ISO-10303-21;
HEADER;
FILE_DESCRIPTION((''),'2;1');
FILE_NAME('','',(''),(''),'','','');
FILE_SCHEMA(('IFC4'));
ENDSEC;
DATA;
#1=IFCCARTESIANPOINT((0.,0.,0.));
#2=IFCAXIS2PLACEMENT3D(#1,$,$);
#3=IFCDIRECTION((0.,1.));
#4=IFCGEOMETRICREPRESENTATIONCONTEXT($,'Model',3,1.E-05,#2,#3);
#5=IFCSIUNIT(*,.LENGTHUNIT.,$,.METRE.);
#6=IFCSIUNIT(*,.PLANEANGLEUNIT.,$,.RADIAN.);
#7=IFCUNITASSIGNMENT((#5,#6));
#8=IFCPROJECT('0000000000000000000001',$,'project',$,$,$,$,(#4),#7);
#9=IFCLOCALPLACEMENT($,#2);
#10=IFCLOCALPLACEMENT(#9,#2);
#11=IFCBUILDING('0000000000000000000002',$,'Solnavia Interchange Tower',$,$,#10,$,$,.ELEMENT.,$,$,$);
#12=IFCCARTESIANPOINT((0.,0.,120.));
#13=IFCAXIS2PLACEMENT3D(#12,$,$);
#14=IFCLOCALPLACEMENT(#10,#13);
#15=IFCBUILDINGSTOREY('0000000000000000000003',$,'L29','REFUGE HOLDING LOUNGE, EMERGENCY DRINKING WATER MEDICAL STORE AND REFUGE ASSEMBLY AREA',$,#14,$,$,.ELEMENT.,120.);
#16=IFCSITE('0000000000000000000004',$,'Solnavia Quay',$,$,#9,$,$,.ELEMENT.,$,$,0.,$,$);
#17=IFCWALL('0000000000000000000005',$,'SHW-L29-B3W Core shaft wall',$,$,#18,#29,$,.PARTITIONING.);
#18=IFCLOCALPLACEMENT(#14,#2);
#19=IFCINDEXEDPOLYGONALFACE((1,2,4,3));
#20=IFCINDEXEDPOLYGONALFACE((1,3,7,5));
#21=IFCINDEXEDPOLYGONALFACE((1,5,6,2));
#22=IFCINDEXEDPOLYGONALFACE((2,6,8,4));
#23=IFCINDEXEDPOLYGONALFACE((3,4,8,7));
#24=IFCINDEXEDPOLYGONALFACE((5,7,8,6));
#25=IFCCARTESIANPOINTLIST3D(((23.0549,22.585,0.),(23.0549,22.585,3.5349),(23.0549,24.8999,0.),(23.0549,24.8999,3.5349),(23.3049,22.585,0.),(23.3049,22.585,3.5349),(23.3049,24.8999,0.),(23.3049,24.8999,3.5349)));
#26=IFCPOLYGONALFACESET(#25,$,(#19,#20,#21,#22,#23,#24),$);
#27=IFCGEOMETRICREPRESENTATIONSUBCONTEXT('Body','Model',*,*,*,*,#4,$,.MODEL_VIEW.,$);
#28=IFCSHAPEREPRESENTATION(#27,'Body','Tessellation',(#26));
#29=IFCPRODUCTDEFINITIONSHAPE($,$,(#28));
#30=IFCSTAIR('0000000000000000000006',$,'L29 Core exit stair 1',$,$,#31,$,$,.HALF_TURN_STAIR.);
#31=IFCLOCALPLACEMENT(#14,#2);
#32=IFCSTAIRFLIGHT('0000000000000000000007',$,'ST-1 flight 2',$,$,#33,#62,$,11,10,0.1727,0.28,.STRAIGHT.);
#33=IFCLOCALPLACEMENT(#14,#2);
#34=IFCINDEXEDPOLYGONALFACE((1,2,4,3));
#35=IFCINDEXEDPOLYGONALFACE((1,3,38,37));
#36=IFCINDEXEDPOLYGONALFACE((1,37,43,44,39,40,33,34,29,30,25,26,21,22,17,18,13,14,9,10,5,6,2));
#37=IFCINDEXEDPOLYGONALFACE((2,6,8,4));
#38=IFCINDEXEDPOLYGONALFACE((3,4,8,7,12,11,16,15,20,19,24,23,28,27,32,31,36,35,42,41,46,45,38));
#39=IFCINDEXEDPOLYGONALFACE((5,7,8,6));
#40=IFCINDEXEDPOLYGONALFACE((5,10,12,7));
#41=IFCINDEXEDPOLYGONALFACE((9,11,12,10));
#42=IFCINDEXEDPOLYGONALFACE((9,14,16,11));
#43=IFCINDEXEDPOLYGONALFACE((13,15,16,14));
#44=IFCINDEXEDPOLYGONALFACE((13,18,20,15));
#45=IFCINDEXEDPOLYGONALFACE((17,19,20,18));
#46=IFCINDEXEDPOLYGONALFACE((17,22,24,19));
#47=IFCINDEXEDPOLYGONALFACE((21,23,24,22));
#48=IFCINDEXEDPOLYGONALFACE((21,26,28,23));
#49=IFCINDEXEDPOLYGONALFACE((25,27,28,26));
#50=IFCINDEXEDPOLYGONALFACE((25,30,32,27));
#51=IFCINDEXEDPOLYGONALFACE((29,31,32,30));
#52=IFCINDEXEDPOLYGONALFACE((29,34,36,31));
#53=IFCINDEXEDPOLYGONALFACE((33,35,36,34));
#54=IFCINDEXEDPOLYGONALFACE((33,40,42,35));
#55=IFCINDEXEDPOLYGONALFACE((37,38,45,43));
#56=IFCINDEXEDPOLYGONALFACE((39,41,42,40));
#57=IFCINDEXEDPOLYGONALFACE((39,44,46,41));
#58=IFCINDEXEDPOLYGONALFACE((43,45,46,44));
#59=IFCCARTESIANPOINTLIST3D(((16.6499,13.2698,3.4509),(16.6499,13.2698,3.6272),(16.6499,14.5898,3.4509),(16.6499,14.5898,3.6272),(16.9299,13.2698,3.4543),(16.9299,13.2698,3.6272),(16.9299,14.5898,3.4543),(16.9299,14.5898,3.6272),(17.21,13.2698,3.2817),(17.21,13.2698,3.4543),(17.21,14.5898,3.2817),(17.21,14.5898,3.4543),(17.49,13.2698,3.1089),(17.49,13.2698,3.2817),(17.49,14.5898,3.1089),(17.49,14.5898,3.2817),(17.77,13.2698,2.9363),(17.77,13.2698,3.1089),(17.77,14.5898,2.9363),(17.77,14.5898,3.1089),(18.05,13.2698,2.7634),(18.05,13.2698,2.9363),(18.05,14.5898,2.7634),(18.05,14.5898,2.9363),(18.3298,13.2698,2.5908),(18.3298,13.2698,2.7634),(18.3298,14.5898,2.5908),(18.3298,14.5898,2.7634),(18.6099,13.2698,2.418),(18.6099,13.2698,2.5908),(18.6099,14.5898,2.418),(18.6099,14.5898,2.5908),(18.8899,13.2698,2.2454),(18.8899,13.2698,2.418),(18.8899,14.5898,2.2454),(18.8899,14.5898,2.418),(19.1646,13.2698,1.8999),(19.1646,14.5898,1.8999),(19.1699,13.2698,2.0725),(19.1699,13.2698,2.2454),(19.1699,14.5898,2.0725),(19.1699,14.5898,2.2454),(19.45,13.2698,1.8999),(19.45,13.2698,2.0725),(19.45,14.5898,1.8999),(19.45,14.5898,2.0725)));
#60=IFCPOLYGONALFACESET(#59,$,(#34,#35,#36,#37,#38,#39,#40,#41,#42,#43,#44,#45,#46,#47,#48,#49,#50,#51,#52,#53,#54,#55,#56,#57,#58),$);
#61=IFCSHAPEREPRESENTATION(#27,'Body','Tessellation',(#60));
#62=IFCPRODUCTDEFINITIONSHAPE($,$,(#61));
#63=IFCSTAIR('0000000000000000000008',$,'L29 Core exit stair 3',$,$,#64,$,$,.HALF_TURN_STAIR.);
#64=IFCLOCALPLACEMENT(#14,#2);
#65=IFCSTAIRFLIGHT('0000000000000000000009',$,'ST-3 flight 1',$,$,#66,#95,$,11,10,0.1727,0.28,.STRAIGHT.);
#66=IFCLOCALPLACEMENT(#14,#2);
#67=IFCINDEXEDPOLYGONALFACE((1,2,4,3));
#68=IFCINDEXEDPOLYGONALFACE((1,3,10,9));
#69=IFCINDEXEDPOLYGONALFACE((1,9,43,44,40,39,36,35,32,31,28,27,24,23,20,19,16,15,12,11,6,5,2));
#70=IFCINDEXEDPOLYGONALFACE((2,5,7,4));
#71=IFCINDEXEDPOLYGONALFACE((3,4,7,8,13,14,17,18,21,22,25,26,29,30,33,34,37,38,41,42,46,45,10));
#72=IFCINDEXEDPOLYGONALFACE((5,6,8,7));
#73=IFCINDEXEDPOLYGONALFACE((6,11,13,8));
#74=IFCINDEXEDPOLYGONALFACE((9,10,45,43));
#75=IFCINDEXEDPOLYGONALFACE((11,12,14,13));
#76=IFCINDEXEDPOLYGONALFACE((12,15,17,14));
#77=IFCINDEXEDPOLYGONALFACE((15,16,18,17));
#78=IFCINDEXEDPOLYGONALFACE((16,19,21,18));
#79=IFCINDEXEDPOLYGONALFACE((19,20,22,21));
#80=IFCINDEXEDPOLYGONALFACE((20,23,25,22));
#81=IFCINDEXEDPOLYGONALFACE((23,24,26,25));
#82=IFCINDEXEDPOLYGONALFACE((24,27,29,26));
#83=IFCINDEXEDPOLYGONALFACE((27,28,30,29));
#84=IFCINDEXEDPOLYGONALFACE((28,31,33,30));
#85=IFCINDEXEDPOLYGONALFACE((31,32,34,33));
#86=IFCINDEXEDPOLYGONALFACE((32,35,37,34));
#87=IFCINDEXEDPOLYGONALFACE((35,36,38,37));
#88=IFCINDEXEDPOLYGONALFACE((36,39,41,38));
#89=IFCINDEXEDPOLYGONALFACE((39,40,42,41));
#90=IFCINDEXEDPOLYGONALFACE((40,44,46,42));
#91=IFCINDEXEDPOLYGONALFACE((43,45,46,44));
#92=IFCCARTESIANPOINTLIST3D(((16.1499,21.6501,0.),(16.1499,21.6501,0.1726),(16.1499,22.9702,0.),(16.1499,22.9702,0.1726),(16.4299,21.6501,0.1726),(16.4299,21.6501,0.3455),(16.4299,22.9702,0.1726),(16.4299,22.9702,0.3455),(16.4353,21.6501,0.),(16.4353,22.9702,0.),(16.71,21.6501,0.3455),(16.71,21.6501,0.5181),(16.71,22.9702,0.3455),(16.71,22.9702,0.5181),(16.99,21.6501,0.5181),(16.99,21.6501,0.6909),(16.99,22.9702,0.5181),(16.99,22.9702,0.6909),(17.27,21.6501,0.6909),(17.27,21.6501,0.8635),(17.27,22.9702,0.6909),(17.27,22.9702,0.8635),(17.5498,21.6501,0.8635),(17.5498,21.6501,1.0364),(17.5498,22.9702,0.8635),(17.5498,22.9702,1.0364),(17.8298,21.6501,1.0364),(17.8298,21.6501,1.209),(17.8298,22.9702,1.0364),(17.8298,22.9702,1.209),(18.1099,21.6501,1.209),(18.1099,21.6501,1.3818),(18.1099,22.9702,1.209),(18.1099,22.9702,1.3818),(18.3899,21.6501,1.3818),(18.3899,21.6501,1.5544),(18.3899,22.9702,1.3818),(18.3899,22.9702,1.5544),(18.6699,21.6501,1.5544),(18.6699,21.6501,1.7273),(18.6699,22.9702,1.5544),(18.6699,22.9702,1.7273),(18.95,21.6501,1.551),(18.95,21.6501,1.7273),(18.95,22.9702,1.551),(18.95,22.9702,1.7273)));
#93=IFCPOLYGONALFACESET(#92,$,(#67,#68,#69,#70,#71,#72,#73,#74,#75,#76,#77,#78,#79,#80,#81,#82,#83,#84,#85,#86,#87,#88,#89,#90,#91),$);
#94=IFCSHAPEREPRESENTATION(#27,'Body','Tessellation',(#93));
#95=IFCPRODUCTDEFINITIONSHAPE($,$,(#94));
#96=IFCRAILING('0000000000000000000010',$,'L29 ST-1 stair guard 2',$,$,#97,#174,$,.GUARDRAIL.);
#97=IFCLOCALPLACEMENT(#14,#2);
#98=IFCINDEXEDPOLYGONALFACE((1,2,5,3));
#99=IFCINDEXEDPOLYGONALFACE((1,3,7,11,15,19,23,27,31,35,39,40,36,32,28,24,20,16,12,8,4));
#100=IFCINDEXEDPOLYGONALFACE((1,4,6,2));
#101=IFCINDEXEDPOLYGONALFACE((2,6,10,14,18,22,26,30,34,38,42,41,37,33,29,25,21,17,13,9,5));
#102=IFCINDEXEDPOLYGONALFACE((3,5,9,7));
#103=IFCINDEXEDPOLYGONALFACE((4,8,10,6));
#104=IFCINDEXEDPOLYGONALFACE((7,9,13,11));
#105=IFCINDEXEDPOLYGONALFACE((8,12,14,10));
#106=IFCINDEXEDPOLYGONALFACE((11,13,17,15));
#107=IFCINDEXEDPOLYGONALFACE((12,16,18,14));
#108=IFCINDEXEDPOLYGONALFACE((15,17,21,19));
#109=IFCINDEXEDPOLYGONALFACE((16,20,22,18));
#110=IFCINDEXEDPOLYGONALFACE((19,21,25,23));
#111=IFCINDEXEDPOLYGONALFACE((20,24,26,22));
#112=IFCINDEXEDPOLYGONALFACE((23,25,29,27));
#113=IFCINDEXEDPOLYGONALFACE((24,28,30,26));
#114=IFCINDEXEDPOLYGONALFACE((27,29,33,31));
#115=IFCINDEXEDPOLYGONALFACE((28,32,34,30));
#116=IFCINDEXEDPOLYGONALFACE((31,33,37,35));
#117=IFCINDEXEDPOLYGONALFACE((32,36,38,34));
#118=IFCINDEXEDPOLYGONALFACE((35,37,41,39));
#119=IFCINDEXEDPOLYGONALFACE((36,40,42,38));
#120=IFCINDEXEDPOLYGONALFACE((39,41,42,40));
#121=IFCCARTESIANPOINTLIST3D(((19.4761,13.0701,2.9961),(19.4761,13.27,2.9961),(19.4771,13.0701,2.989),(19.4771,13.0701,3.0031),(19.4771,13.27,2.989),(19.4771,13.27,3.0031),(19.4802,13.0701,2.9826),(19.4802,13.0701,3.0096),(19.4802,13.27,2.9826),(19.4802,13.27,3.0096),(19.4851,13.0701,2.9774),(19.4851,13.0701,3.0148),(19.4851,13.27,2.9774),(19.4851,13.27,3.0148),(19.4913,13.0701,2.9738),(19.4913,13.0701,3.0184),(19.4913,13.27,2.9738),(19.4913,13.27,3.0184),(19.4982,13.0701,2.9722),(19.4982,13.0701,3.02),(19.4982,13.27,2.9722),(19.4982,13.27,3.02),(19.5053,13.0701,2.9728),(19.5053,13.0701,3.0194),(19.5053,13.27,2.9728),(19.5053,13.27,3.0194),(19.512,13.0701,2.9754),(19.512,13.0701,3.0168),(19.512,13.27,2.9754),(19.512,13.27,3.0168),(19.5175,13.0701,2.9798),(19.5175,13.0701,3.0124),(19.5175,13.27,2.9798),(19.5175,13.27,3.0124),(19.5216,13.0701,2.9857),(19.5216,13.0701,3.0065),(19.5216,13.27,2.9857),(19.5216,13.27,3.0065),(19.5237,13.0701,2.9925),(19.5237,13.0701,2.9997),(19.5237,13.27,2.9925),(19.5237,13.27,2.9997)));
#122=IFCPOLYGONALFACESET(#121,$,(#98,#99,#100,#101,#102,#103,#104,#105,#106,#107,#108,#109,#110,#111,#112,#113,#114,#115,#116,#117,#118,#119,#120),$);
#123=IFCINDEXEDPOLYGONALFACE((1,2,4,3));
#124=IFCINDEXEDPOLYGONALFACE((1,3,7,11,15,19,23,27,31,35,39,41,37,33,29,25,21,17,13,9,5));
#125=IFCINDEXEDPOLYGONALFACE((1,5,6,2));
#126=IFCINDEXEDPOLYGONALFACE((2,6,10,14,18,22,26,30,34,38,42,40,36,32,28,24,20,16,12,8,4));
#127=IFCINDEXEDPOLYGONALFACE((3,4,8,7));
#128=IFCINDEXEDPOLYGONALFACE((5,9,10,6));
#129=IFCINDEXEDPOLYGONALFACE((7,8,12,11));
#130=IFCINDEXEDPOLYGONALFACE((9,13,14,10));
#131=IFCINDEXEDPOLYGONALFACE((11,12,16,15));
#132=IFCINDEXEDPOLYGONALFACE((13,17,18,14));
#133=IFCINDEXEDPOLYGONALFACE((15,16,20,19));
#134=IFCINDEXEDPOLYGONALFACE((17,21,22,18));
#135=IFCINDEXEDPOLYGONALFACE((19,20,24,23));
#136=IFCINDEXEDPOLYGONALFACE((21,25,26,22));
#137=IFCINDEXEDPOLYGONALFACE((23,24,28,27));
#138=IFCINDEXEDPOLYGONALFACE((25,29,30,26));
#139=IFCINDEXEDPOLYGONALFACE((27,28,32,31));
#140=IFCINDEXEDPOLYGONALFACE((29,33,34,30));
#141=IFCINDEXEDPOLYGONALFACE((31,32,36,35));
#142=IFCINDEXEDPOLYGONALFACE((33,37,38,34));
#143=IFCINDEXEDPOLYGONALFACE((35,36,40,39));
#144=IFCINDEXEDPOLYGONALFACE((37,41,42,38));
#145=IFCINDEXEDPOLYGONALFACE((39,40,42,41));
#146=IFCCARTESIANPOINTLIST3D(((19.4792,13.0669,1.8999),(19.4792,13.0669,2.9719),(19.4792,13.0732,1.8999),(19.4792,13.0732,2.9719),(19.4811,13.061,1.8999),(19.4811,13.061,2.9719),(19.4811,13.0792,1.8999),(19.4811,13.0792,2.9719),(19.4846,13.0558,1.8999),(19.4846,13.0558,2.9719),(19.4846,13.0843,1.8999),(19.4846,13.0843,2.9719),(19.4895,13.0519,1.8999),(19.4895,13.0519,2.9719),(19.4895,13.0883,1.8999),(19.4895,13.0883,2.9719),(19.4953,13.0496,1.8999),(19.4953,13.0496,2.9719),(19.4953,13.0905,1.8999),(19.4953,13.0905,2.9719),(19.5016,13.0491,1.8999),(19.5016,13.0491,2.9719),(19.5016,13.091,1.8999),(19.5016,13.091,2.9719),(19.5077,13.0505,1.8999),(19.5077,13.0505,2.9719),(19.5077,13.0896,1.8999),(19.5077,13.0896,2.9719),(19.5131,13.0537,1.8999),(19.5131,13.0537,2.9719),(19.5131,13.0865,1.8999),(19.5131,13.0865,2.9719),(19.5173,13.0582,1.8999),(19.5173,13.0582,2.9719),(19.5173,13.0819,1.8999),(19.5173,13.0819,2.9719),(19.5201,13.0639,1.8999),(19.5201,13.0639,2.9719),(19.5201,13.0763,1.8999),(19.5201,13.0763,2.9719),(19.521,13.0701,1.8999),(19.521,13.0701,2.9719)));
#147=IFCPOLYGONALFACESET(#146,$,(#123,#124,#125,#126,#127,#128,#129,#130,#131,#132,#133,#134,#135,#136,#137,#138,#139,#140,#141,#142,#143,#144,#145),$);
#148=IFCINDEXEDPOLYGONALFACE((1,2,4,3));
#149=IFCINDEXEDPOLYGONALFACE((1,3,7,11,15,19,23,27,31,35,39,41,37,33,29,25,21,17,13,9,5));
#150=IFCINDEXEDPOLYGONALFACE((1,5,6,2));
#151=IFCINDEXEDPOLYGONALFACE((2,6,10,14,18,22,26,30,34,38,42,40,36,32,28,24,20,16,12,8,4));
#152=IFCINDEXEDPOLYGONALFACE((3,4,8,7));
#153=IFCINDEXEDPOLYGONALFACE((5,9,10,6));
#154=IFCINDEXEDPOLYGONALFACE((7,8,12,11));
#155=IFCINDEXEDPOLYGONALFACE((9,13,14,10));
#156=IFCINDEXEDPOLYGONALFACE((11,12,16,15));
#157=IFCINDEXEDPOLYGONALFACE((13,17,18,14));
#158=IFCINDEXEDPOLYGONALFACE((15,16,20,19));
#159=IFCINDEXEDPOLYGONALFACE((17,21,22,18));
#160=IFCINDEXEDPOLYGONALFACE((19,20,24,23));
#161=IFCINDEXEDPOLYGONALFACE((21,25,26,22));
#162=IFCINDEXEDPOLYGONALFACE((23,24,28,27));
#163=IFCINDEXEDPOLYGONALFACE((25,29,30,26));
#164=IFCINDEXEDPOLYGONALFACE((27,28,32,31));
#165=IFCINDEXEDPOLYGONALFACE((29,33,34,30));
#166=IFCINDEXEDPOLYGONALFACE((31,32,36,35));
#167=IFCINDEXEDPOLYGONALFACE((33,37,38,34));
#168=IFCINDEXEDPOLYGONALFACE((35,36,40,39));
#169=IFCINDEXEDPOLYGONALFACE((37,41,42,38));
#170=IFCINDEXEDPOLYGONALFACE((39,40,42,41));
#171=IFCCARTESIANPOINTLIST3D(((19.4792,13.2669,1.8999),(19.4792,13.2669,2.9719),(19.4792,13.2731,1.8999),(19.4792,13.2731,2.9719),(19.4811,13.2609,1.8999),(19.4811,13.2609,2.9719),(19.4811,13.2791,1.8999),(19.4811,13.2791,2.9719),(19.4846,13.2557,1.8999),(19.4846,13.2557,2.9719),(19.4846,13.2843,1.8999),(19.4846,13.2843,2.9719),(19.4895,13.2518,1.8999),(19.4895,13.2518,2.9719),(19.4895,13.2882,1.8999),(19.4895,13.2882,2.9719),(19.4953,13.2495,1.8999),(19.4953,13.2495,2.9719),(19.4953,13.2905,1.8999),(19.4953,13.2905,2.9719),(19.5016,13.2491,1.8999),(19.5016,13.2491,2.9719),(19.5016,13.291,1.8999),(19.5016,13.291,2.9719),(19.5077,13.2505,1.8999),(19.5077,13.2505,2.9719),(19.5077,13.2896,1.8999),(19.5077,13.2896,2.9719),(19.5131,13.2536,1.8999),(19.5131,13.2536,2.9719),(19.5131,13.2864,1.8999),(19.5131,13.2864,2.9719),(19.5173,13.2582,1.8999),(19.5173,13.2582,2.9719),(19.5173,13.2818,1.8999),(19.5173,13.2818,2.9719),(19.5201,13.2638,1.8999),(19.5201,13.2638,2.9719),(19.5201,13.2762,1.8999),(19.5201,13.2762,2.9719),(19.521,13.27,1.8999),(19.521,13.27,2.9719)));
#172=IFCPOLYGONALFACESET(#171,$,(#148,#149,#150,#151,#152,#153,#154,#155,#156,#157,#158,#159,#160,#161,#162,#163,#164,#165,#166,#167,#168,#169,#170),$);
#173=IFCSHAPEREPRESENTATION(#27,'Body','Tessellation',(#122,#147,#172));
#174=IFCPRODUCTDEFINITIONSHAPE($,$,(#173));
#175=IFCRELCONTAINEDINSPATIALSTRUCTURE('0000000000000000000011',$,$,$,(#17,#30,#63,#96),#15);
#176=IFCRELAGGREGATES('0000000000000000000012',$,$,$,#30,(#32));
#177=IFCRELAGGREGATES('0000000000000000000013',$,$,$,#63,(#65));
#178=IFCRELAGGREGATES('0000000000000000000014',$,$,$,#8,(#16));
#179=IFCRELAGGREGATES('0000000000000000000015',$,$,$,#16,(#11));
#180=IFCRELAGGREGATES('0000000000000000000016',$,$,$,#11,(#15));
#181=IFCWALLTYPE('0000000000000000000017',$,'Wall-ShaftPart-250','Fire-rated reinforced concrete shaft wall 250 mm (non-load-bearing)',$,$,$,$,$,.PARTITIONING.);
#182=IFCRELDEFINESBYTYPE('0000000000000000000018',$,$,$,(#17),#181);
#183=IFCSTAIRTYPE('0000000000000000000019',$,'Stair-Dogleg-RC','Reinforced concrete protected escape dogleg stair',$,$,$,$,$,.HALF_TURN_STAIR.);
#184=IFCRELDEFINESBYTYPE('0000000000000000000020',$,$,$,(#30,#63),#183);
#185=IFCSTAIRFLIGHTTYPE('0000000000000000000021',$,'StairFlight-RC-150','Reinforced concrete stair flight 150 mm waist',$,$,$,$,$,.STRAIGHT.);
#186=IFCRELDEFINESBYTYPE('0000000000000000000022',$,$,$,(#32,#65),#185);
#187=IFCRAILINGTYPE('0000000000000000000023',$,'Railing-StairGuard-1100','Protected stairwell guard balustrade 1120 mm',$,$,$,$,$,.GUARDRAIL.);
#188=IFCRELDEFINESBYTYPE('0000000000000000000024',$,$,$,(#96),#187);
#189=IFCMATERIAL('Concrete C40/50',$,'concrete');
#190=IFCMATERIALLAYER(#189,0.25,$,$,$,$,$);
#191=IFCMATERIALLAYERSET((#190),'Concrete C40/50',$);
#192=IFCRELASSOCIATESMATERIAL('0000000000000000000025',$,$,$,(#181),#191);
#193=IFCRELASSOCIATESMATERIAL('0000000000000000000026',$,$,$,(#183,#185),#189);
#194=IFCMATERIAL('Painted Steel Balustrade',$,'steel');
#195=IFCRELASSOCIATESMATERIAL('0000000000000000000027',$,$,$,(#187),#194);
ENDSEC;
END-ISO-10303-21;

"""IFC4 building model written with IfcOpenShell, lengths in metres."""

from ifc_helpers import new_model, si_unit, direction, frame, frame_2d, origin, origin_2d, place, context, subcontext, project, spatial, polyline, rectangle, circle, outline, extrude, material, layer, layer_set, type_object, element, aggregate, save


model = new_model("IFC4")

# Units and contexts
model_context = context("Model", 3, precision=1e-05, world=origin(), true_north=direction((0.0, 1.0)))
body_context = subcontext(model_context, "Body", "Model", "MODEL_VIEW")
ifc_project = project(units=[si_unit("LENGTHUNIT", "METRE"), si_unit("PLANEANGLEUNIT", "RADIAN")], contexts=[model_context])

# Site, building, storey
site_placement = place(None, origin())
site = spatial("IfcSite", under=ifc_project, at=site_placement, Name="Solnavia Quay", CompositionType="ELEMENT", RefElevation=0.0)
building_placement = place(site_placement, origin())
building = spatial("IfcBuilding", under=site, at=building_placement, Name="Solnavia Interchange Tower", CompositionType="ELEMENT")
storey_placement = place(building_placement, frame((0.0, 0.0, 120.0)))
storey = spatial("IfcBuildingStorey", under=building, at=storey_placement, Name="L29", Description="REFUGE HOLDING LOUNGE, EMERGENCY DRINKING WATER MEDICAL STORE AND REFUGE ASSEMBLY AREA", CompositionType="ELEMENT", Elevation=120.0)

# Shared definitions
ifc_material_1 = material(Name="Concrete C40/50", Category="concrete")

# Shared definitions
ifc_layer_1 = layer(ifc_material_1, 0.25)
ifc_layer_set_1 = layer_set([ifc_layer_1], Name="Concrete C40/50")
wall_type_1 = type_object("IfcWallType", Name="Wall-ShaftPart-250", Description="Fire-rated reinforced concrete shaft wall 250 mm (non-load-bearing)", PredefinedType="PARTITIONING", material=ifc_layer_set_1)

# Wall
wall_1_placement = place(storey_placement, frame((23.1799, 22.585, 0.0), z_axis=(0.0, 0.0, 1.0), x_axis=(0.0, 1.0, 0.0)))
element("IfcWall", 1, at=wall_1_placement, inside=storey, type_object=wall_type_1, Name="SHW-L29-B3W Core shaft wall", PredefinedType="PARTITIONING", context=body_context, shape_type="SweptSolid", body=[
    extrude(rectangle(XDim=2.3149, YDim=0.25, at=frame_2d((1.1575, 0.0))), origin(), (0.0, 0.0, 1.0), 3.5349),
])

# Stairs, stair flights
stair_type = type_object("IfcStairType", Name="Stair-Dogleg-RC", Description="Reinforced concrete protected escape dogleg stair", PredefinedType="HALF_TURN_STAIR", material=ifc_material_1)
stair_1_placement = place(storey_placement, origin())
stair_1 = element("IfcStair", 2, at=stair_1_placement, inside=storey, type_object=stair_type, Name="L29 Core exit stair 1", PredefinedType="HALF_TURN_STAIR")
stair_flight_type = type_object("IfcStairFlightType", Name="StairFlight-RC-150", Description="Reinforced concrete stair flight 150 mm waist", PredefinedType="STRAIGHT", material=ifc_material_1)
stair_flight_1_placement = place(storey_placement, frame((19.45, 13.9299, 1.8999), z_axis=(0.0, 0.0, 1.0), x_axis=(-1.0, 0.0, 0.0)))
stair_flight_1 = element("IfcStairFlight", 3, at=stair_flight_1_placement, type_object=stair_flight_type, Name="ST-1 flight 2", NumberOfRisers=11, NumberOfTreads=10, PredefinedType="STRAIGHT", RiserHeight=0.1727, TreadLength=0.28, context=body_context, shape_type="SweptSolid", body=[
    extrude(outline(polyline([(0.0, 0.0), (0.0, 0.1726), (0.28, 0.1726), (0.28, 0.3455), (0.5601, 0.3455), (0.5601, 0.5181), (0.8401, 0.5181), (0.8401, 0.6909), (1.1201, 0.6909), (1.1201, 0.8635), (1.3999, 0.8635), (1.3999, 1.0364), (1.6799, 1.0364), (1.6799, 1.209), (1.96, 1.209), (1.96, 1.3818), (2.24, 1.3818), (2.24, 1.5544), (2.52, 1.5544), (2.52, 1.7273), (2.8, 1.7273), (2.8, 1.8999), (2.8, 1.551), (0.2854, 0.0), (0.0, 0.0)])), frame((0.0, 0.6602, 0.0), z_axis=(0.0, -1.0, 0.0), x_axis=(1.0, 0.0, 0.0)), (0.0, 0.0, 1.0), 1.3201),
])
aggregate(stair_1, [stair_flight_1])
stair_2_placement = place(storey_placement, origin())
stair_2 = element("IfcStair", 4, at=stair_2_placement, inside=storey, type_object=stair_type, Name="L29 Core exit stair 3", PredefinedType="HALF_TURN_STAIR")
stair_flight_2_placement = place(storey_placement, frame((16.1499, 22.3101, 0.0), z_axis=(0.0, 0.0, 1.0), x_axis=(1.0, 0.0, 0.0)))
stair_flight_2 = element("IfcStairFlight", 5, at=stair_flight_2_placement, type_object=stair_flight_type, Name="ST-3 flight 1", NumberOfRisers=11, NumberOfTreads=10, PredefinedType="STRAIGHT", RiserHeight=0.1727, TreadLength=0.28, context=body_context, shape_type="SweptSolid", body=[
    extrude(outline(polyline([(0.0, 0.0), (0.0, 0.1726), (0.28, 0.1726), (0.28, 0.3455), (0.5601, 0.3455), (0.5601, 0.5181), (0.8401, 0.5181), (0.8401, 0.6909), (1.1201, 0.6909), (1.1201, 0.8635), (1.3999, 0.8635), (1.3999, 1.0364), (1.6799, 1.0364), (1.6799, 1.209), (1.96, 1.209), (1.96, 1.3818), (2.24, 1.3818), (2.24, 1.5544), (2.52, 1.5544), (2.52, 1.7273), (2.8, 1.7273), (2.8, 1.8999), (2.8, 1.551), (0.2854, 0.0), (0.0, 0.0)])), frame((0.0, 0.6602, 0.0), z_axis=(0.0, -1.0, 0.0), x_axis=(1.0, 0.0, 0.0)), (0.0, 0.0, 1.0), 1.3201),
])
aggregate(stair_2, [stair_flight_2])

# Railing
ifc_material_2 = material(Name="Painted Steel Balustrade", Category="steel")
railing_type_1 = type_object("IfcRailingType", Name="Railing-StairGuard-1100", Description="Protected stairwell guard balustrade 1120 mm", PredefinedType="GUARDRAIL", material=ifc_material_2)
railing_1_placement = place(storey_placement, frame((19.5, 13.0701, 1.8999)))
element("IfcRailing", 6, at=railing_1_placement, inside=storey, type_object=railing_type_1, Name="L29 ST-1 stair guard 2", PredefinedType="GUARDRAIL", context=body_context, shape_type="SweptSolid", body=[
    extrude(circle(Radius=0.0239, at=origin_2d()), frame((0.0, 0.0, 1.0962), z_axis=(0.0, 1.0, 0.0), x_axis=(-1.0, 0.0, 0.0)), (0.0, 0.0, 1.0), 0.2),
    extrude(circle(Radius=0.021, at=origin_2d()), origin(), (0.0, 0.0, 1.0), 1.072),
    extrude(circle(Radius=0.021, at=origin_2d()), frame((0.0, 0.2, 0.0)), (0.0, 0.0, 1.0), 1.072),
])

save(model, "model.ifc")
